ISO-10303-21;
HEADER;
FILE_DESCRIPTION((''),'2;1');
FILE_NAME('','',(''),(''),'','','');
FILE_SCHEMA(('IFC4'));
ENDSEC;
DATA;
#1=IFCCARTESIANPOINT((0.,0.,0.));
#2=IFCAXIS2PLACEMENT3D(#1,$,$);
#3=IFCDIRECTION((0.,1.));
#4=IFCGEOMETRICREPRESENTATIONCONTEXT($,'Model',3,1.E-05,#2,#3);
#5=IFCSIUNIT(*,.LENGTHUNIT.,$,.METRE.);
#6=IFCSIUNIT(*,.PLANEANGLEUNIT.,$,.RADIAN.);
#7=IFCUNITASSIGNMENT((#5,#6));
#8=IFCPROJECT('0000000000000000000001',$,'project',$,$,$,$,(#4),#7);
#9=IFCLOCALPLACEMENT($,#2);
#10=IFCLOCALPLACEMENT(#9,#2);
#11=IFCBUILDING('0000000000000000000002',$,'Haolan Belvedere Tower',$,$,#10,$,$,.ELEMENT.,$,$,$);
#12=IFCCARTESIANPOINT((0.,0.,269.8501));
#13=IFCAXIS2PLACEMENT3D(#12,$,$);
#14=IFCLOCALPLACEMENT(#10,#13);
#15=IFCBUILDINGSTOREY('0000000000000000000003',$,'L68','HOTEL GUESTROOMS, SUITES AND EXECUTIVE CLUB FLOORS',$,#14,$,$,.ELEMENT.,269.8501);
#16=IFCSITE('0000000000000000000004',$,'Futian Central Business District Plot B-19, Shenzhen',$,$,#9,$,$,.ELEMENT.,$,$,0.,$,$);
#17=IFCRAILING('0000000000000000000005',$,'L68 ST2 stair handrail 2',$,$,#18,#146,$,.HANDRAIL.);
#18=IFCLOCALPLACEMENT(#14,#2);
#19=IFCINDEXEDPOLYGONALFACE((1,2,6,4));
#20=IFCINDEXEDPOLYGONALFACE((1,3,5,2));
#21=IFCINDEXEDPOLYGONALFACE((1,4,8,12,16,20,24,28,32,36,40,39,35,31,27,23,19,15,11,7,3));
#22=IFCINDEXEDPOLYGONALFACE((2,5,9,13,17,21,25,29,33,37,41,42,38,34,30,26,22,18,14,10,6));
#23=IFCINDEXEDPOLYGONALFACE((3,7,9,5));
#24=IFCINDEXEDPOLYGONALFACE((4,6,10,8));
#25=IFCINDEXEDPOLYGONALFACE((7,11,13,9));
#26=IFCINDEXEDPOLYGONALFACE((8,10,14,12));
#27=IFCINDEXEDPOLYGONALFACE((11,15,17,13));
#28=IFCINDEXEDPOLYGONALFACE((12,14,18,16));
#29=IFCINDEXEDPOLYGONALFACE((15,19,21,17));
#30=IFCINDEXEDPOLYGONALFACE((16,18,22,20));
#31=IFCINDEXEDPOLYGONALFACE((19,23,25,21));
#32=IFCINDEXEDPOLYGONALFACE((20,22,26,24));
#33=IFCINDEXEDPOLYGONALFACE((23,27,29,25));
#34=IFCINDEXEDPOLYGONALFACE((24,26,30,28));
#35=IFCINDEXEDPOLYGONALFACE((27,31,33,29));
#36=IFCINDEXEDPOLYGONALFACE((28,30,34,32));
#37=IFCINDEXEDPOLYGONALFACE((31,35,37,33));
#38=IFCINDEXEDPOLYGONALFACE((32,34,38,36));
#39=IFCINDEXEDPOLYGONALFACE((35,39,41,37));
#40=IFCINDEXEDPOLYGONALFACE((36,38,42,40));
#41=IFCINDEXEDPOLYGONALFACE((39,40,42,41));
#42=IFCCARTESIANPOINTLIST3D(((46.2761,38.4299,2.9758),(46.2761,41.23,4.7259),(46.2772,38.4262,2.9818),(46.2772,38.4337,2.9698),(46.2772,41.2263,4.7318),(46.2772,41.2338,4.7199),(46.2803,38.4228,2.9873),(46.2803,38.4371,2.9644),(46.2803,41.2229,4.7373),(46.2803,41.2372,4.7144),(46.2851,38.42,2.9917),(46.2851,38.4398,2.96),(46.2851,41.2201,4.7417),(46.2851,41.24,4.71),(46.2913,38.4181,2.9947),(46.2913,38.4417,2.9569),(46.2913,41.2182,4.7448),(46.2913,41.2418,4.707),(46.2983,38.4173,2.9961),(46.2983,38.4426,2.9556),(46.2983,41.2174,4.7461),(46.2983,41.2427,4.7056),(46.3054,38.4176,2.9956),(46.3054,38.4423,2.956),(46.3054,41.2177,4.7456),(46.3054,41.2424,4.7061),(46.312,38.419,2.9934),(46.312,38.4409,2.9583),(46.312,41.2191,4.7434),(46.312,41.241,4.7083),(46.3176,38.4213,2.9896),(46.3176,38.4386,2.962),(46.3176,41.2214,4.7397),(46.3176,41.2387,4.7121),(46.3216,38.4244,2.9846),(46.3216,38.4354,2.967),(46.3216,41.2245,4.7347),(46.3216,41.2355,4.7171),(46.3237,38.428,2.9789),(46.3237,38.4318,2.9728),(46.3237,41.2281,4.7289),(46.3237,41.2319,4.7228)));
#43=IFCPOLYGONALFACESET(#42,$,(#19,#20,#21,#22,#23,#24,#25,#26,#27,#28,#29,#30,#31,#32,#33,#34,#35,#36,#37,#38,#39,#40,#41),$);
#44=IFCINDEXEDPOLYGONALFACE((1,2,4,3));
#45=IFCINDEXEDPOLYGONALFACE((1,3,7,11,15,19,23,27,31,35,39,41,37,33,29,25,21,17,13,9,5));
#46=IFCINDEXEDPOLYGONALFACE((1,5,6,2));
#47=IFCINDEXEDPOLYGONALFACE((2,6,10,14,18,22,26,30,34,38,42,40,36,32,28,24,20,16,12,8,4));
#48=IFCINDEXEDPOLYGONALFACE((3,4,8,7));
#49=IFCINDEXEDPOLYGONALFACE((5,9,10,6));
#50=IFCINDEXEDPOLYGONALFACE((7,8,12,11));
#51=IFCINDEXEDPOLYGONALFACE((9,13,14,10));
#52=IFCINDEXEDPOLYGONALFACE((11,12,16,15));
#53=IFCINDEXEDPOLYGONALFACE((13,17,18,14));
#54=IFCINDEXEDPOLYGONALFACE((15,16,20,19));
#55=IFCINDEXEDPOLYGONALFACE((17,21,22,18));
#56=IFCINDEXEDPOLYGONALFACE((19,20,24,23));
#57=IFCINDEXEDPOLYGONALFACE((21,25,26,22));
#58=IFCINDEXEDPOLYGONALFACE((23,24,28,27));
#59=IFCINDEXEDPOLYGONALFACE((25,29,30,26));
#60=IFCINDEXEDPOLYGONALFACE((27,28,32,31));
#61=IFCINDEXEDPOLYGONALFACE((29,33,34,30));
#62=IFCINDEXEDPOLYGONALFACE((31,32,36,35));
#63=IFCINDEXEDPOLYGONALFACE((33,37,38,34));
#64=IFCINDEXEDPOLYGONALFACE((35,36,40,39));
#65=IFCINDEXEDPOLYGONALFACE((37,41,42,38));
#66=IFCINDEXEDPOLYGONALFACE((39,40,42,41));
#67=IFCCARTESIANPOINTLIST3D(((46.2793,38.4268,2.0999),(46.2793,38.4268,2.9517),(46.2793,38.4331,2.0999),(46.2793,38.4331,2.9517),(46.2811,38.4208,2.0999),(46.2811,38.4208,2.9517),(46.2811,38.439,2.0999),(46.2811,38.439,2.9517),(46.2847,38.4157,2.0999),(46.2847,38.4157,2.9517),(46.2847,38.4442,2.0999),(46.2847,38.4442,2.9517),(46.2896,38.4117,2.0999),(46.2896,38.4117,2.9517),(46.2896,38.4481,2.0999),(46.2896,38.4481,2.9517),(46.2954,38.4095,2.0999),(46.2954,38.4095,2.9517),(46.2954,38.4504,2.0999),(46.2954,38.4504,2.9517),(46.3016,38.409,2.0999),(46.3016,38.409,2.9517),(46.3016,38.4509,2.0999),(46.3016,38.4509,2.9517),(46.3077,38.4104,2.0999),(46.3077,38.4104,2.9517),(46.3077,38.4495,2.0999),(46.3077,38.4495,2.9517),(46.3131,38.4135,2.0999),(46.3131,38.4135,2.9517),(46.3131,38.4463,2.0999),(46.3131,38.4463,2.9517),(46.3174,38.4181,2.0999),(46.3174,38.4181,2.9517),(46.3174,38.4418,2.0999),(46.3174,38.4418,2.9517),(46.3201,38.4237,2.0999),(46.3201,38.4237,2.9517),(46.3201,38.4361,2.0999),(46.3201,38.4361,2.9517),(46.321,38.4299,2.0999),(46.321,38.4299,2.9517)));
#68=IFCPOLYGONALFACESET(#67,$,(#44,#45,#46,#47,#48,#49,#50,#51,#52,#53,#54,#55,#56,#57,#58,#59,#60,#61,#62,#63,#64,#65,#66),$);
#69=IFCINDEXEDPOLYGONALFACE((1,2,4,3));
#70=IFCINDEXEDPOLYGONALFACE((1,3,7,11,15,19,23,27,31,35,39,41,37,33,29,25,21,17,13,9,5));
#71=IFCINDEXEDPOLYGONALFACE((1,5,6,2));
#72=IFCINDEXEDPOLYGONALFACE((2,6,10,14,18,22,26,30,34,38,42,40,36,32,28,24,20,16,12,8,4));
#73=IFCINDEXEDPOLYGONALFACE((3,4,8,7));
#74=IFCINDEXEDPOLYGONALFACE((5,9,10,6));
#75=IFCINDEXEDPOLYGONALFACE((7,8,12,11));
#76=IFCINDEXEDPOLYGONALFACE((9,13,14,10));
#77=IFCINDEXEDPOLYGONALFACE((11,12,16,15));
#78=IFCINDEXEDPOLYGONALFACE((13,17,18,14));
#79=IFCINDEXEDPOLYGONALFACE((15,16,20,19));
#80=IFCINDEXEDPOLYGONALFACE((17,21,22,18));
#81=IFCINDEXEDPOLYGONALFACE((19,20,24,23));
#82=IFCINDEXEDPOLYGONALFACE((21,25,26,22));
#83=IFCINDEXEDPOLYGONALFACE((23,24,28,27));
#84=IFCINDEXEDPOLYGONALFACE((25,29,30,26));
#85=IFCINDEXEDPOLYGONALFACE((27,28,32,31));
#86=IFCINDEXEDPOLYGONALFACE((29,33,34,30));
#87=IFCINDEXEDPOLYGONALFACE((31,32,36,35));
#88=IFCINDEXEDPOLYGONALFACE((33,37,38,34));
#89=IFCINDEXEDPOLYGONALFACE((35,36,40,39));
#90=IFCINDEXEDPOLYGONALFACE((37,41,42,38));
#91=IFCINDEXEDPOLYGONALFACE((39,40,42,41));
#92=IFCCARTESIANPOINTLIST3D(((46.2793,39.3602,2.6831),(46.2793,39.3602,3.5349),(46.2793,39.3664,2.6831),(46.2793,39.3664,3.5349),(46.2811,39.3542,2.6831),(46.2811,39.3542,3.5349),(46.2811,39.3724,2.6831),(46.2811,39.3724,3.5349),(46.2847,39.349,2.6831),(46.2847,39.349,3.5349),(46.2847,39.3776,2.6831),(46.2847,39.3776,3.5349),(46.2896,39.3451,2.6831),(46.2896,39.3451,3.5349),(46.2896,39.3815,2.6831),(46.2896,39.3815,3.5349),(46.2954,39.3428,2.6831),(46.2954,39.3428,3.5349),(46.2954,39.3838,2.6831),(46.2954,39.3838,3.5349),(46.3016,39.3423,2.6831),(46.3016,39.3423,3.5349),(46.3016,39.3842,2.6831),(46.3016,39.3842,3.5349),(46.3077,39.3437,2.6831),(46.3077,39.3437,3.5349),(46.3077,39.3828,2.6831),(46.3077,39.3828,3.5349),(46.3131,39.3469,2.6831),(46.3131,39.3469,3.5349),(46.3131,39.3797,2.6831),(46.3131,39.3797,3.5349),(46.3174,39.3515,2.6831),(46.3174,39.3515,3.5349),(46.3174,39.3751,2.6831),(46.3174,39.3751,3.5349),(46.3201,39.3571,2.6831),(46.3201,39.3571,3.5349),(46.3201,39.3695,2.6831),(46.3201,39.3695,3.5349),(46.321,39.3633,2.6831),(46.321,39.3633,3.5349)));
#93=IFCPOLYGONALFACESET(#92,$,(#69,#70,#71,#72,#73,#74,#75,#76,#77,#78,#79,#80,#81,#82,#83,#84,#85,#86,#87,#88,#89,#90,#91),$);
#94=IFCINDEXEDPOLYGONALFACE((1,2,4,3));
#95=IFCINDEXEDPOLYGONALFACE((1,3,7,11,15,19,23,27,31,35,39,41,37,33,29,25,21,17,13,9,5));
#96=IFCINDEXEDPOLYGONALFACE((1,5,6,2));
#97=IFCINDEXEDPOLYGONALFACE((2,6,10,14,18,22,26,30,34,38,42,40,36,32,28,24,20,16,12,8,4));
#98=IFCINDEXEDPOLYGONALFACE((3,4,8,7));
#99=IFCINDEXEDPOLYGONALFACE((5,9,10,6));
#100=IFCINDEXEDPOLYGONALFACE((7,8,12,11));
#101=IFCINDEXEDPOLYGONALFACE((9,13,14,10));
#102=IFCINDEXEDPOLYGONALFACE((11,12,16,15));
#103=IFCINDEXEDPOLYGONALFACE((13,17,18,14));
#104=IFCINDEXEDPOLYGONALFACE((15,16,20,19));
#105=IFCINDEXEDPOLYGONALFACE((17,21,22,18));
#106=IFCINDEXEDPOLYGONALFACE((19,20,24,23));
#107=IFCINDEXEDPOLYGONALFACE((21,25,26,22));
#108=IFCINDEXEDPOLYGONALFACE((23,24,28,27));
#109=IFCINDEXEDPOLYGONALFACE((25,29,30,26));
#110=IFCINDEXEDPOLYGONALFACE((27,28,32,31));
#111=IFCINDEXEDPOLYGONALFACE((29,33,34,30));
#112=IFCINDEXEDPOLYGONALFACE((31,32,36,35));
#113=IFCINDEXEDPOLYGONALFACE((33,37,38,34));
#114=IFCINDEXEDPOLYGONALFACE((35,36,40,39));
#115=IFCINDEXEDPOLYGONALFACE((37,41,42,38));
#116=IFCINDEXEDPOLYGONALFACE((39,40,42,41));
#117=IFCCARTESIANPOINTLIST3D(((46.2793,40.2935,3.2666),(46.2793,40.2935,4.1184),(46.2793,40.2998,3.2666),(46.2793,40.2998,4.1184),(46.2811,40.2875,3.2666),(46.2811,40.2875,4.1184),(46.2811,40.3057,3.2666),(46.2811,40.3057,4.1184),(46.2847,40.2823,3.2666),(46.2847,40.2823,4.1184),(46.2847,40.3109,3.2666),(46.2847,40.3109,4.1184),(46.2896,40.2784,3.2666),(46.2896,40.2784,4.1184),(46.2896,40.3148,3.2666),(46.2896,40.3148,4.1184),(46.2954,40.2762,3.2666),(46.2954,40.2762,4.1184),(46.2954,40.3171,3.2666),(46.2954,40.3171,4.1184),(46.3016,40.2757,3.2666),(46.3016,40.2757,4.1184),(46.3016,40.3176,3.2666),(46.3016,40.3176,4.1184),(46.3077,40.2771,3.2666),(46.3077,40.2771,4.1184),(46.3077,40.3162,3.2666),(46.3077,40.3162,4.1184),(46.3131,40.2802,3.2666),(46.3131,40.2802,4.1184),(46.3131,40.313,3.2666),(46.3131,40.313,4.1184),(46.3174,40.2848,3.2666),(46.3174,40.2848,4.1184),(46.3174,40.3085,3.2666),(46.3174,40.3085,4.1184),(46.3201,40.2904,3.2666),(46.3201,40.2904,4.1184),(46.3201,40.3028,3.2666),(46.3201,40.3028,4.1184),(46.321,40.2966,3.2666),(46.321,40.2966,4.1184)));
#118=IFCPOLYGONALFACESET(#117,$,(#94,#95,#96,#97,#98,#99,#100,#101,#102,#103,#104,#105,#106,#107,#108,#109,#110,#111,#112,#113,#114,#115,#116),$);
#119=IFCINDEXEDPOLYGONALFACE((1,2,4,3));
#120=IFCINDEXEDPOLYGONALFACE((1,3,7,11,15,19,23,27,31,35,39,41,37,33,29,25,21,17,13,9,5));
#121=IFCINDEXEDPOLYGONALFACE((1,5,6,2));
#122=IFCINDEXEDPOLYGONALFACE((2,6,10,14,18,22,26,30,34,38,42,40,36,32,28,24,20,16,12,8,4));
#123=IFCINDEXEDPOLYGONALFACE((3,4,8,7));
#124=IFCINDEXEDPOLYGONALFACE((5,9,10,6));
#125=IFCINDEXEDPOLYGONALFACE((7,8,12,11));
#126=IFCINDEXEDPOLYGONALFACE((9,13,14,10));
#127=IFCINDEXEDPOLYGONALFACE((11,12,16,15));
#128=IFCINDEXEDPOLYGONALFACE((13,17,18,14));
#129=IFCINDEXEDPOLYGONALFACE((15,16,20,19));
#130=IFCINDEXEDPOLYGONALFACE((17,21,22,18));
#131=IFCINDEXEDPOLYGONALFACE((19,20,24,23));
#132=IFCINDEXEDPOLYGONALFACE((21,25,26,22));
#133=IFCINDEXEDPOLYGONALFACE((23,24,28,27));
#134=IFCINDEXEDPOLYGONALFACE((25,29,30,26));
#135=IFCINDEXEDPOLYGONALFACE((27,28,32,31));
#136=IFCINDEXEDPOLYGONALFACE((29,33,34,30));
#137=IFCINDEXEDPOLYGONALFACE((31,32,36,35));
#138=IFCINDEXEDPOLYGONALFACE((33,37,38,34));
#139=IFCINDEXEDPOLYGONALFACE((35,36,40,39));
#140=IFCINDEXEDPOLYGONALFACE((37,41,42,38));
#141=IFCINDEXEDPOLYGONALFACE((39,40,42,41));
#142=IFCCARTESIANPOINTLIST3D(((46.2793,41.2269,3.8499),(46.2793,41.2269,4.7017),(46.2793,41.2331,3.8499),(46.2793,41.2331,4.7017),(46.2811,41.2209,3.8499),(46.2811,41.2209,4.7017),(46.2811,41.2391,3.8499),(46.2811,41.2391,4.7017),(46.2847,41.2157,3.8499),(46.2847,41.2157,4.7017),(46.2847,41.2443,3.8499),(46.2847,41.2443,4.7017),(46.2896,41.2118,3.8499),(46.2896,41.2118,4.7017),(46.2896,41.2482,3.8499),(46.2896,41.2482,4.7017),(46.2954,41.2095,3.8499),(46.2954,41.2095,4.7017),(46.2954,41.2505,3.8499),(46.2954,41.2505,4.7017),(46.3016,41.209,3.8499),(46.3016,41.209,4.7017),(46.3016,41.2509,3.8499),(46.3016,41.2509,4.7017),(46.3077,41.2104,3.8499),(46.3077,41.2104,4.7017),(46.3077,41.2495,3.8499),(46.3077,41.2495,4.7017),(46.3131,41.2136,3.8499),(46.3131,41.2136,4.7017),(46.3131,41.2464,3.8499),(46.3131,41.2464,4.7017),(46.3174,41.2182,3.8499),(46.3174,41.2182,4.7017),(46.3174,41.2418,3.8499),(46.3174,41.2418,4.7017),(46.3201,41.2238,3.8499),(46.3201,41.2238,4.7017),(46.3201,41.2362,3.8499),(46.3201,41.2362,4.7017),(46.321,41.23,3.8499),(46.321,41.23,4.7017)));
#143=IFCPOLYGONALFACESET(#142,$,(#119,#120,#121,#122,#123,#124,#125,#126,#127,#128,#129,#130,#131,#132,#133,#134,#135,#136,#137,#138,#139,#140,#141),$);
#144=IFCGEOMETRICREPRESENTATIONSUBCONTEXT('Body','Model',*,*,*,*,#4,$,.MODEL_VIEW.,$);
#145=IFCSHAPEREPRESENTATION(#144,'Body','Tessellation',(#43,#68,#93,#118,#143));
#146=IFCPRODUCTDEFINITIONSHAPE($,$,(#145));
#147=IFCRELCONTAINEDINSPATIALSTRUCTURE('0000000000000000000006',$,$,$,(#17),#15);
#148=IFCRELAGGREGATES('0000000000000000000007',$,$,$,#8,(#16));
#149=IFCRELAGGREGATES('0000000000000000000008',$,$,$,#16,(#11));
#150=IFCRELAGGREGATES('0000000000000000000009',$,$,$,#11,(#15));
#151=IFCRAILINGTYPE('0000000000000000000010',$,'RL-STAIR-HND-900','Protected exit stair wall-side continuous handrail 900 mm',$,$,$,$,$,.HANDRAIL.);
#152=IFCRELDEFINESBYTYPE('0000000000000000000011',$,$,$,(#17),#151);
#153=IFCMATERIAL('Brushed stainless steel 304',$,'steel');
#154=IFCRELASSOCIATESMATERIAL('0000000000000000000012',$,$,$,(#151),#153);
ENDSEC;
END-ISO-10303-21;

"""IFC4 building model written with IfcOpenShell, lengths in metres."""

from ifc_helpers import new_model, si_unit, direction, frame, origin, origin_2d, place, context, subcontext, project, spatial, circle, extrude, material, type_object, element, save


model = new_model("IFC4")

# Units and contexts
model_context = context("Model", 3, precision=1e-05, world=origin(), true_north=direction((0.0, 1.0)))
body_context = subcontext(model_context, "Body", "Model", "MODEL_VIEW")
ifc_project = project(units=[si_unit("LENGTHUNIT", "METRE"), si_unit("PLANEANGLEUNIT", "RADIAN")], contexts=[model_context])

# Site, building, storey
site_placement = place(None, origin())
site = spatial("IfcSite", under=ifc_project, at=site_placement, Name="Futian Central Business District Plot B-19, Shenzhen", CompositionType="ELEMENT", RefElevation=0.0)
building_placement = place(site_placement, origin())
building = spatial("IfcBuilding", under=site, at=building_placement, Name="Haolan Belvedere Tower", CompositionType="ELEMENT")
storey_placement = place(building_placement, frame((0.0, 0.0, 269.8501)))
storey = spatial("IfcBuildingStorey", under=building, at=storey_placement, Name="L68", Description="HOTEL GUESTROOMS, SUITES AND EXECUTIVE CLUB FLOORS", CompositionType="ELEMENT", Elevation=269.8501)

# Railing
ifc_material_1 = material(Name="Brushed stainless steel 304", Category="steel")
railing_type_1 = type_object("IfcRailingType", Name="RL-STAIR-HND-900", Description="Protected exit stair wall-side continuous handrail 900 mm", PredefinedType="HANDRAIL", material=ifc_material_1)
railing_1_placement = place(storey_placement, frame((46.3, 38.4299, 2.0999)))
element("IfcRailing", 1, at=railing_1_placement, inside=storey, type_object=railing_type_1, Name="L68 ST2 stair handrail 2", PredefinedType="HANDRAIL", context=body_context, shape_type="SweptSolid", body=[
    extrude(circle(Radius=0.0239, at=origin_2d()), frame((0.0, 0.0, 0.876), z_axis=(0.0, 0.848002, 0.529992), x_axis=(-1.0, 0.0, 0.0)), (0.0, 0.0, 1.0), 3.302),
    extrude(circle(Radius=0.021, at=origin_2d()), origin(), (0.0, 0.0, 1.0), 0.8518),
    extrude(circle(Radius=0.021, at=origin_2d()), frame((0.0, 0.9333, 0.5833)), (0.0, 0.0, 1.0), 0.8518),
    extrude(circle(Radius=0.021, at=origin_2d()), frame((0.0, 1.8667, 1.1667)), (0.0, 0.0, 1.0), 0.8518),
    extrude(circle(Radius=0.021, at=origin_2d()), frame((0.0, 2.8, 1.75)), (0.0, 0.0, 1.0), 0.8518),
])

save(model, "model.ifc")
